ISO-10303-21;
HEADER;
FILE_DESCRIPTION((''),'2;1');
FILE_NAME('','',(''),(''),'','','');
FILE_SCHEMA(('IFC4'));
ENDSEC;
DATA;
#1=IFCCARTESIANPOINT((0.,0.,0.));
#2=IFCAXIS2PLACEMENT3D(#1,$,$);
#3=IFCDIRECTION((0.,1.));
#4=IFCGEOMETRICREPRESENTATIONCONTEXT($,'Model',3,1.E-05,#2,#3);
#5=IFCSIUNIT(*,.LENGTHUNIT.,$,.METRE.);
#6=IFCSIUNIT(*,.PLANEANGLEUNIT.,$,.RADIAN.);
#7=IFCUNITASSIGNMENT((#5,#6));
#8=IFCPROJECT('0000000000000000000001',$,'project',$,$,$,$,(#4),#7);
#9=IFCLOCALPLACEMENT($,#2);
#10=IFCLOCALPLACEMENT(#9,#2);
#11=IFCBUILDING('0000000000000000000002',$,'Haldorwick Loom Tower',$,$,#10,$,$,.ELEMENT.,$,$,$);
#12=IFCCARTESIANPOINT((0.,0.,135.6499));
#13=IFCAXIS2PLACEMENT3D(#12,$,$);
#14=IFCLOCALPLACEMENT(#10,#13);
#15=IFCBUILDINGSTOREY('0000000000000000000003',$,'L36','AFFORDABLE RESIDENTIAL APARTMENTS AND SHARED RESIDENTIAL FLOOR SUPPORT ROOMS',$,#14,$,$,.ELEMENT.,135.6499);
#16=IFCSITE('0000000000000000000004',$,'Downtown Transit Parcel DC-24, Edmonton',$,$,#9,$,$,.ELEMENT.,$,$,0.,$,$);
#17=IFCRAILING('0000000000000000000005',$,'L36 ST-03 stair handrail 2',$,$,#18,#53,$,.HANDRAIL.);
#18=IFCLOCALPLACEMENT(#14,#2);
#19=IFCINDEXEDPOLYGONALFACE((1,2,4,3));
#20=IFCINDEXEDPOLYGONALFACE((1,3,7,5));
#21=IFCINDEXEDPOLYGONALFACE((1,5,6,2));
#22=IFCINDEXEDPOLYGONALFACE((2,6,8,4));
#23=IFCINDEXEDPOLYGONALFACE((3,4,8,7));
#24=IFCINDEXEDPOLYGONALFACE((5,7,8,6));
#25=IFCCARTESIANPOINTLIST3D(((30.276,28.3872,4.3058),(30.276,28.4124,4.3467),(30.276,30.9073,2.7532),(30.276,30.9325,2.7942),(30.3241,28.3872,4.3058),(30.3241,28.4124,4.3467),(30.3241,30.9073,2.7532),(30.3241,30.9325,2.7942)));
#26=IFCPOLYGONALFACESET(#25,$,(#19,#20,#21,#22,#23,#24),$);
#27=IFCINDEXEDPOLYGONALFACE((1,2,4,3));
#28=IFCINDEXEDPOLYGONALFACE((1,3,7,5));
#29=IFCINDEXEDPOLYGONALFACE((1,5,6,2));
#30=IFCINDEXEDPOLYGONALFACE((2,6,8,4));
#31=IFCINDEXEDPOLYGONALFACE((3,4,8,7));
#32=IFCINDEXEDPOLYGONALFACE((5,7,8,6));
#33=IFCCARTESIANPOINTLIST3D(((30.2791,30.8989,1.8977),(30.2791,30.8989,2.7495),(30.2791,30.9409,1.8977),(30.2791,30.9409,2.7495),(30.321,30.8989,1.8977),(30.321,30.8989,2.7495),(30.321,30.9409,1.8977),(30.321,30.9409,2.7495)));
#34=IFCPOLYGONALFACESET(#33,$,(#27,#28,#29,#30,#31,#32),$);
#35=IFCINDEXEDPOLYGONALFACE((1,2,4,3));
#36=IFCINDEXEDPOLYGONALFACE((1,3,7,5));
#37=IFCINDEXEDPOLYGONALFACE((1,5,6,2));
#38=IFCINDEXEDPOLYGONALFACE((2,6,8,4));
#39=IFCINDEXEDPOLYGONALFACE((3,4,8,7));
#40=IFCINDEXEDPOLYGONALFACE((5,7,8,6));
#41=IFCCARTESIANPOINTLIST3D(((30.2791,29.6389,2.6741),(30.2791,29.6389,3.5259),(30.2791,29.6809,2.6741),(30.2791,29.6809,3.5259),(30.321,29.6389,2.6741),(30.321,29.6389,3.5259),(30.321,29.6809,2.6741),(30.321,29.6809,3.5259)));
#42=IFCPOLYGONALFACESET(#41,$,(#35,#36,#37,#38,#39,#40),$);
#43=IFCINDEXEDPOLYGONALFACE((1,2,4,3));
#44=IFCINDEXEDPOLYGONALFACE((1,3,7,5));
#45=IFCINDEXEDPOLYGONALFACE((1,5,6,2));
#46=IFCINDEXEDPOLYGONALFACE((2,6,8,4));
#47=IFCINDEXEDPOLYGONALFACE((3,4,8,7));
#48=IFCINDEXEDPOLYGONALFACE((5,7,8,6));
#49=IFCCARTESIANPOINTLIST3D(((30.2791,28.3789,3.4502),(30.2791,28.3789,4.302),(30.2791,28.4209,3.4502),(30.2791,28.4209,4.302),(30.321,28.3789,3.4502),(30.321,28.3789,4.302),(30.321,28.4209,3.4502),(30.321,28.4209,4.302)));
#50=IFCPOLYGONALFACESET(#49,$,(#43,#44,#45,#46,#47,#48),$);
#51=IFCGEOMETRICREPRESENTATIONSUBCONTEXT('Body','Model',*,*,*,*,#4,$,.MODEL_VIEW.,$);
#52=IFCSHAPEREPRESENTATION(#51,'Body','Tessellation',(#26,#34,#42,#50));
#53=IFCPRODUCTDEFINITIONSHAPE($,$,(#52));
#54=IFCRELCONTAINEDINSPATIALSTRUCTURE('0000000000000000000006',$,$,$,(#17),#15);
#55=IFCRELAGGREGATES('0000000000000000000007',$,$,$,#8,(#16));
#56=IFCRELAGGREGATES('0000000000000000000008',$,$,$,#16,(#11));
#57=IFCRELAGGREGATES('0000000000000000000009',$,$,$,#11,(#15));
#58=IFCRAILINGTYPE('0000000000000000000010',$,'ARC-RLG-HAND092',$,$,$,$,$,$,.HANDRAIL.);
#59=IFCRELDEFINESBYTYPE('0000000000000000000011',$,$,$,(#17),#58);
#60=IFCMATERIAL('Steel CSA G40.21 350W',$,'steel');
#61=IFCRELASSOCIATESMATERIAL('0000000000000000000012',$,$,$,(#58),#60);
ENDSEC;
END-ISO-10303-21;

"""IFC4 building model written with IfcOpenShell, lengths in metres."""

from ifc_helpers import new_model, si_unit, direction, frame, origin, origin_2d, place, context, subcontext, project, spatial, rectangle, extrude, material, type_object, element, save


model = new_model("IFC4")

# Units and contexts
model_context = context("Model", 3, precision=1e-05, world=origin(), true_north=direction((0.0, 1.0)))
body_context = subcontext(model_context, "Body", "Model", "MODEL_VIEW")
ifc_project = project(units=[si_unit("LENGTHUNIT", "METRE"), si_unit("PLANEANGLEUNIT", "RADIAN")], contexts=[model_context])

# Site, building, storey
site_placement = place(None, origin())
site = spatial("IfcSite", under=ifc_project, at=site_placement, Name="Downtown Transit Parcel DC-24, Edmonton", CompositionType="ELEMENT", RefElevation=0.0)
building_placement = place(site_placement, origin())
building = spatial("IfcBuilding", under=site, at=building_placement, Name="Haldorwick Loom Tower", CompositionType="ELEMENT")
storey_placement = place(building_placement, frame((0.0, 0.0, 135.6499)))
storey = spatial("IfcBuildingStorey", under=building, at=storey_placement, Name="L36", Description="AFFORDABLE RESIDENTIAL APARTMENTS AND SHARED RESIDENTIAL FLOOR SUPPORT ROOMS", CompositionType="ELEMENT", Elevation=135.6499)

# Shared definitions
ifc_material_1 = material(Name="Steel CSA G40.21 350W", Category="steel")

# Railing
railing_type_1 = type_object("IfcRailingType", Name="ARC-RLG-HAND092", PredefinedType="HANDRAIL", material=ifc_material_1)
railing_1_placement = place(storey_placement, frame((30.3, 30.9199, 1.8977)))
element("IfcRailing", 1, at=railing_1_placement, inside=storey, type_object=railing_type_1, Name="L36 ST-03 stair handrail 2", PredefinedType="HANDRAIL", context=body_context, shape_type="SweptSolid", body=[
    extrude(rectangle(XDim=0.0481, YDim=0.0481, at=origin_2d()), frame((0.0, 0.0, 0.876), z_axis=(0.0, -0.8514, 0.524516), x_axis=(1.0, 0.0, 0.0)), (0.0, 0.0, 1.0), 2.96),
    extrude(rectangle(XDim=0.042, YDim=0.042, at=origin_2d()), origin(), (0.0, 0.0, 1.0), 0.8518),
    extrude(rectangle(XDim=0.042, YDim=0.042, at=origin_2d()), frame((0.0, -1.26, 0.7764)), (0.0, 0.0, 1.0), 0.8518),
    extrude(rectangle(XDim=0.042, YDim=0.042, at=origin_2d()), frame((0.0, -2.52, 1.5525)), (0.0, 0.0, 1.0), 0.8518),
])

save(model, "model.ifc")
